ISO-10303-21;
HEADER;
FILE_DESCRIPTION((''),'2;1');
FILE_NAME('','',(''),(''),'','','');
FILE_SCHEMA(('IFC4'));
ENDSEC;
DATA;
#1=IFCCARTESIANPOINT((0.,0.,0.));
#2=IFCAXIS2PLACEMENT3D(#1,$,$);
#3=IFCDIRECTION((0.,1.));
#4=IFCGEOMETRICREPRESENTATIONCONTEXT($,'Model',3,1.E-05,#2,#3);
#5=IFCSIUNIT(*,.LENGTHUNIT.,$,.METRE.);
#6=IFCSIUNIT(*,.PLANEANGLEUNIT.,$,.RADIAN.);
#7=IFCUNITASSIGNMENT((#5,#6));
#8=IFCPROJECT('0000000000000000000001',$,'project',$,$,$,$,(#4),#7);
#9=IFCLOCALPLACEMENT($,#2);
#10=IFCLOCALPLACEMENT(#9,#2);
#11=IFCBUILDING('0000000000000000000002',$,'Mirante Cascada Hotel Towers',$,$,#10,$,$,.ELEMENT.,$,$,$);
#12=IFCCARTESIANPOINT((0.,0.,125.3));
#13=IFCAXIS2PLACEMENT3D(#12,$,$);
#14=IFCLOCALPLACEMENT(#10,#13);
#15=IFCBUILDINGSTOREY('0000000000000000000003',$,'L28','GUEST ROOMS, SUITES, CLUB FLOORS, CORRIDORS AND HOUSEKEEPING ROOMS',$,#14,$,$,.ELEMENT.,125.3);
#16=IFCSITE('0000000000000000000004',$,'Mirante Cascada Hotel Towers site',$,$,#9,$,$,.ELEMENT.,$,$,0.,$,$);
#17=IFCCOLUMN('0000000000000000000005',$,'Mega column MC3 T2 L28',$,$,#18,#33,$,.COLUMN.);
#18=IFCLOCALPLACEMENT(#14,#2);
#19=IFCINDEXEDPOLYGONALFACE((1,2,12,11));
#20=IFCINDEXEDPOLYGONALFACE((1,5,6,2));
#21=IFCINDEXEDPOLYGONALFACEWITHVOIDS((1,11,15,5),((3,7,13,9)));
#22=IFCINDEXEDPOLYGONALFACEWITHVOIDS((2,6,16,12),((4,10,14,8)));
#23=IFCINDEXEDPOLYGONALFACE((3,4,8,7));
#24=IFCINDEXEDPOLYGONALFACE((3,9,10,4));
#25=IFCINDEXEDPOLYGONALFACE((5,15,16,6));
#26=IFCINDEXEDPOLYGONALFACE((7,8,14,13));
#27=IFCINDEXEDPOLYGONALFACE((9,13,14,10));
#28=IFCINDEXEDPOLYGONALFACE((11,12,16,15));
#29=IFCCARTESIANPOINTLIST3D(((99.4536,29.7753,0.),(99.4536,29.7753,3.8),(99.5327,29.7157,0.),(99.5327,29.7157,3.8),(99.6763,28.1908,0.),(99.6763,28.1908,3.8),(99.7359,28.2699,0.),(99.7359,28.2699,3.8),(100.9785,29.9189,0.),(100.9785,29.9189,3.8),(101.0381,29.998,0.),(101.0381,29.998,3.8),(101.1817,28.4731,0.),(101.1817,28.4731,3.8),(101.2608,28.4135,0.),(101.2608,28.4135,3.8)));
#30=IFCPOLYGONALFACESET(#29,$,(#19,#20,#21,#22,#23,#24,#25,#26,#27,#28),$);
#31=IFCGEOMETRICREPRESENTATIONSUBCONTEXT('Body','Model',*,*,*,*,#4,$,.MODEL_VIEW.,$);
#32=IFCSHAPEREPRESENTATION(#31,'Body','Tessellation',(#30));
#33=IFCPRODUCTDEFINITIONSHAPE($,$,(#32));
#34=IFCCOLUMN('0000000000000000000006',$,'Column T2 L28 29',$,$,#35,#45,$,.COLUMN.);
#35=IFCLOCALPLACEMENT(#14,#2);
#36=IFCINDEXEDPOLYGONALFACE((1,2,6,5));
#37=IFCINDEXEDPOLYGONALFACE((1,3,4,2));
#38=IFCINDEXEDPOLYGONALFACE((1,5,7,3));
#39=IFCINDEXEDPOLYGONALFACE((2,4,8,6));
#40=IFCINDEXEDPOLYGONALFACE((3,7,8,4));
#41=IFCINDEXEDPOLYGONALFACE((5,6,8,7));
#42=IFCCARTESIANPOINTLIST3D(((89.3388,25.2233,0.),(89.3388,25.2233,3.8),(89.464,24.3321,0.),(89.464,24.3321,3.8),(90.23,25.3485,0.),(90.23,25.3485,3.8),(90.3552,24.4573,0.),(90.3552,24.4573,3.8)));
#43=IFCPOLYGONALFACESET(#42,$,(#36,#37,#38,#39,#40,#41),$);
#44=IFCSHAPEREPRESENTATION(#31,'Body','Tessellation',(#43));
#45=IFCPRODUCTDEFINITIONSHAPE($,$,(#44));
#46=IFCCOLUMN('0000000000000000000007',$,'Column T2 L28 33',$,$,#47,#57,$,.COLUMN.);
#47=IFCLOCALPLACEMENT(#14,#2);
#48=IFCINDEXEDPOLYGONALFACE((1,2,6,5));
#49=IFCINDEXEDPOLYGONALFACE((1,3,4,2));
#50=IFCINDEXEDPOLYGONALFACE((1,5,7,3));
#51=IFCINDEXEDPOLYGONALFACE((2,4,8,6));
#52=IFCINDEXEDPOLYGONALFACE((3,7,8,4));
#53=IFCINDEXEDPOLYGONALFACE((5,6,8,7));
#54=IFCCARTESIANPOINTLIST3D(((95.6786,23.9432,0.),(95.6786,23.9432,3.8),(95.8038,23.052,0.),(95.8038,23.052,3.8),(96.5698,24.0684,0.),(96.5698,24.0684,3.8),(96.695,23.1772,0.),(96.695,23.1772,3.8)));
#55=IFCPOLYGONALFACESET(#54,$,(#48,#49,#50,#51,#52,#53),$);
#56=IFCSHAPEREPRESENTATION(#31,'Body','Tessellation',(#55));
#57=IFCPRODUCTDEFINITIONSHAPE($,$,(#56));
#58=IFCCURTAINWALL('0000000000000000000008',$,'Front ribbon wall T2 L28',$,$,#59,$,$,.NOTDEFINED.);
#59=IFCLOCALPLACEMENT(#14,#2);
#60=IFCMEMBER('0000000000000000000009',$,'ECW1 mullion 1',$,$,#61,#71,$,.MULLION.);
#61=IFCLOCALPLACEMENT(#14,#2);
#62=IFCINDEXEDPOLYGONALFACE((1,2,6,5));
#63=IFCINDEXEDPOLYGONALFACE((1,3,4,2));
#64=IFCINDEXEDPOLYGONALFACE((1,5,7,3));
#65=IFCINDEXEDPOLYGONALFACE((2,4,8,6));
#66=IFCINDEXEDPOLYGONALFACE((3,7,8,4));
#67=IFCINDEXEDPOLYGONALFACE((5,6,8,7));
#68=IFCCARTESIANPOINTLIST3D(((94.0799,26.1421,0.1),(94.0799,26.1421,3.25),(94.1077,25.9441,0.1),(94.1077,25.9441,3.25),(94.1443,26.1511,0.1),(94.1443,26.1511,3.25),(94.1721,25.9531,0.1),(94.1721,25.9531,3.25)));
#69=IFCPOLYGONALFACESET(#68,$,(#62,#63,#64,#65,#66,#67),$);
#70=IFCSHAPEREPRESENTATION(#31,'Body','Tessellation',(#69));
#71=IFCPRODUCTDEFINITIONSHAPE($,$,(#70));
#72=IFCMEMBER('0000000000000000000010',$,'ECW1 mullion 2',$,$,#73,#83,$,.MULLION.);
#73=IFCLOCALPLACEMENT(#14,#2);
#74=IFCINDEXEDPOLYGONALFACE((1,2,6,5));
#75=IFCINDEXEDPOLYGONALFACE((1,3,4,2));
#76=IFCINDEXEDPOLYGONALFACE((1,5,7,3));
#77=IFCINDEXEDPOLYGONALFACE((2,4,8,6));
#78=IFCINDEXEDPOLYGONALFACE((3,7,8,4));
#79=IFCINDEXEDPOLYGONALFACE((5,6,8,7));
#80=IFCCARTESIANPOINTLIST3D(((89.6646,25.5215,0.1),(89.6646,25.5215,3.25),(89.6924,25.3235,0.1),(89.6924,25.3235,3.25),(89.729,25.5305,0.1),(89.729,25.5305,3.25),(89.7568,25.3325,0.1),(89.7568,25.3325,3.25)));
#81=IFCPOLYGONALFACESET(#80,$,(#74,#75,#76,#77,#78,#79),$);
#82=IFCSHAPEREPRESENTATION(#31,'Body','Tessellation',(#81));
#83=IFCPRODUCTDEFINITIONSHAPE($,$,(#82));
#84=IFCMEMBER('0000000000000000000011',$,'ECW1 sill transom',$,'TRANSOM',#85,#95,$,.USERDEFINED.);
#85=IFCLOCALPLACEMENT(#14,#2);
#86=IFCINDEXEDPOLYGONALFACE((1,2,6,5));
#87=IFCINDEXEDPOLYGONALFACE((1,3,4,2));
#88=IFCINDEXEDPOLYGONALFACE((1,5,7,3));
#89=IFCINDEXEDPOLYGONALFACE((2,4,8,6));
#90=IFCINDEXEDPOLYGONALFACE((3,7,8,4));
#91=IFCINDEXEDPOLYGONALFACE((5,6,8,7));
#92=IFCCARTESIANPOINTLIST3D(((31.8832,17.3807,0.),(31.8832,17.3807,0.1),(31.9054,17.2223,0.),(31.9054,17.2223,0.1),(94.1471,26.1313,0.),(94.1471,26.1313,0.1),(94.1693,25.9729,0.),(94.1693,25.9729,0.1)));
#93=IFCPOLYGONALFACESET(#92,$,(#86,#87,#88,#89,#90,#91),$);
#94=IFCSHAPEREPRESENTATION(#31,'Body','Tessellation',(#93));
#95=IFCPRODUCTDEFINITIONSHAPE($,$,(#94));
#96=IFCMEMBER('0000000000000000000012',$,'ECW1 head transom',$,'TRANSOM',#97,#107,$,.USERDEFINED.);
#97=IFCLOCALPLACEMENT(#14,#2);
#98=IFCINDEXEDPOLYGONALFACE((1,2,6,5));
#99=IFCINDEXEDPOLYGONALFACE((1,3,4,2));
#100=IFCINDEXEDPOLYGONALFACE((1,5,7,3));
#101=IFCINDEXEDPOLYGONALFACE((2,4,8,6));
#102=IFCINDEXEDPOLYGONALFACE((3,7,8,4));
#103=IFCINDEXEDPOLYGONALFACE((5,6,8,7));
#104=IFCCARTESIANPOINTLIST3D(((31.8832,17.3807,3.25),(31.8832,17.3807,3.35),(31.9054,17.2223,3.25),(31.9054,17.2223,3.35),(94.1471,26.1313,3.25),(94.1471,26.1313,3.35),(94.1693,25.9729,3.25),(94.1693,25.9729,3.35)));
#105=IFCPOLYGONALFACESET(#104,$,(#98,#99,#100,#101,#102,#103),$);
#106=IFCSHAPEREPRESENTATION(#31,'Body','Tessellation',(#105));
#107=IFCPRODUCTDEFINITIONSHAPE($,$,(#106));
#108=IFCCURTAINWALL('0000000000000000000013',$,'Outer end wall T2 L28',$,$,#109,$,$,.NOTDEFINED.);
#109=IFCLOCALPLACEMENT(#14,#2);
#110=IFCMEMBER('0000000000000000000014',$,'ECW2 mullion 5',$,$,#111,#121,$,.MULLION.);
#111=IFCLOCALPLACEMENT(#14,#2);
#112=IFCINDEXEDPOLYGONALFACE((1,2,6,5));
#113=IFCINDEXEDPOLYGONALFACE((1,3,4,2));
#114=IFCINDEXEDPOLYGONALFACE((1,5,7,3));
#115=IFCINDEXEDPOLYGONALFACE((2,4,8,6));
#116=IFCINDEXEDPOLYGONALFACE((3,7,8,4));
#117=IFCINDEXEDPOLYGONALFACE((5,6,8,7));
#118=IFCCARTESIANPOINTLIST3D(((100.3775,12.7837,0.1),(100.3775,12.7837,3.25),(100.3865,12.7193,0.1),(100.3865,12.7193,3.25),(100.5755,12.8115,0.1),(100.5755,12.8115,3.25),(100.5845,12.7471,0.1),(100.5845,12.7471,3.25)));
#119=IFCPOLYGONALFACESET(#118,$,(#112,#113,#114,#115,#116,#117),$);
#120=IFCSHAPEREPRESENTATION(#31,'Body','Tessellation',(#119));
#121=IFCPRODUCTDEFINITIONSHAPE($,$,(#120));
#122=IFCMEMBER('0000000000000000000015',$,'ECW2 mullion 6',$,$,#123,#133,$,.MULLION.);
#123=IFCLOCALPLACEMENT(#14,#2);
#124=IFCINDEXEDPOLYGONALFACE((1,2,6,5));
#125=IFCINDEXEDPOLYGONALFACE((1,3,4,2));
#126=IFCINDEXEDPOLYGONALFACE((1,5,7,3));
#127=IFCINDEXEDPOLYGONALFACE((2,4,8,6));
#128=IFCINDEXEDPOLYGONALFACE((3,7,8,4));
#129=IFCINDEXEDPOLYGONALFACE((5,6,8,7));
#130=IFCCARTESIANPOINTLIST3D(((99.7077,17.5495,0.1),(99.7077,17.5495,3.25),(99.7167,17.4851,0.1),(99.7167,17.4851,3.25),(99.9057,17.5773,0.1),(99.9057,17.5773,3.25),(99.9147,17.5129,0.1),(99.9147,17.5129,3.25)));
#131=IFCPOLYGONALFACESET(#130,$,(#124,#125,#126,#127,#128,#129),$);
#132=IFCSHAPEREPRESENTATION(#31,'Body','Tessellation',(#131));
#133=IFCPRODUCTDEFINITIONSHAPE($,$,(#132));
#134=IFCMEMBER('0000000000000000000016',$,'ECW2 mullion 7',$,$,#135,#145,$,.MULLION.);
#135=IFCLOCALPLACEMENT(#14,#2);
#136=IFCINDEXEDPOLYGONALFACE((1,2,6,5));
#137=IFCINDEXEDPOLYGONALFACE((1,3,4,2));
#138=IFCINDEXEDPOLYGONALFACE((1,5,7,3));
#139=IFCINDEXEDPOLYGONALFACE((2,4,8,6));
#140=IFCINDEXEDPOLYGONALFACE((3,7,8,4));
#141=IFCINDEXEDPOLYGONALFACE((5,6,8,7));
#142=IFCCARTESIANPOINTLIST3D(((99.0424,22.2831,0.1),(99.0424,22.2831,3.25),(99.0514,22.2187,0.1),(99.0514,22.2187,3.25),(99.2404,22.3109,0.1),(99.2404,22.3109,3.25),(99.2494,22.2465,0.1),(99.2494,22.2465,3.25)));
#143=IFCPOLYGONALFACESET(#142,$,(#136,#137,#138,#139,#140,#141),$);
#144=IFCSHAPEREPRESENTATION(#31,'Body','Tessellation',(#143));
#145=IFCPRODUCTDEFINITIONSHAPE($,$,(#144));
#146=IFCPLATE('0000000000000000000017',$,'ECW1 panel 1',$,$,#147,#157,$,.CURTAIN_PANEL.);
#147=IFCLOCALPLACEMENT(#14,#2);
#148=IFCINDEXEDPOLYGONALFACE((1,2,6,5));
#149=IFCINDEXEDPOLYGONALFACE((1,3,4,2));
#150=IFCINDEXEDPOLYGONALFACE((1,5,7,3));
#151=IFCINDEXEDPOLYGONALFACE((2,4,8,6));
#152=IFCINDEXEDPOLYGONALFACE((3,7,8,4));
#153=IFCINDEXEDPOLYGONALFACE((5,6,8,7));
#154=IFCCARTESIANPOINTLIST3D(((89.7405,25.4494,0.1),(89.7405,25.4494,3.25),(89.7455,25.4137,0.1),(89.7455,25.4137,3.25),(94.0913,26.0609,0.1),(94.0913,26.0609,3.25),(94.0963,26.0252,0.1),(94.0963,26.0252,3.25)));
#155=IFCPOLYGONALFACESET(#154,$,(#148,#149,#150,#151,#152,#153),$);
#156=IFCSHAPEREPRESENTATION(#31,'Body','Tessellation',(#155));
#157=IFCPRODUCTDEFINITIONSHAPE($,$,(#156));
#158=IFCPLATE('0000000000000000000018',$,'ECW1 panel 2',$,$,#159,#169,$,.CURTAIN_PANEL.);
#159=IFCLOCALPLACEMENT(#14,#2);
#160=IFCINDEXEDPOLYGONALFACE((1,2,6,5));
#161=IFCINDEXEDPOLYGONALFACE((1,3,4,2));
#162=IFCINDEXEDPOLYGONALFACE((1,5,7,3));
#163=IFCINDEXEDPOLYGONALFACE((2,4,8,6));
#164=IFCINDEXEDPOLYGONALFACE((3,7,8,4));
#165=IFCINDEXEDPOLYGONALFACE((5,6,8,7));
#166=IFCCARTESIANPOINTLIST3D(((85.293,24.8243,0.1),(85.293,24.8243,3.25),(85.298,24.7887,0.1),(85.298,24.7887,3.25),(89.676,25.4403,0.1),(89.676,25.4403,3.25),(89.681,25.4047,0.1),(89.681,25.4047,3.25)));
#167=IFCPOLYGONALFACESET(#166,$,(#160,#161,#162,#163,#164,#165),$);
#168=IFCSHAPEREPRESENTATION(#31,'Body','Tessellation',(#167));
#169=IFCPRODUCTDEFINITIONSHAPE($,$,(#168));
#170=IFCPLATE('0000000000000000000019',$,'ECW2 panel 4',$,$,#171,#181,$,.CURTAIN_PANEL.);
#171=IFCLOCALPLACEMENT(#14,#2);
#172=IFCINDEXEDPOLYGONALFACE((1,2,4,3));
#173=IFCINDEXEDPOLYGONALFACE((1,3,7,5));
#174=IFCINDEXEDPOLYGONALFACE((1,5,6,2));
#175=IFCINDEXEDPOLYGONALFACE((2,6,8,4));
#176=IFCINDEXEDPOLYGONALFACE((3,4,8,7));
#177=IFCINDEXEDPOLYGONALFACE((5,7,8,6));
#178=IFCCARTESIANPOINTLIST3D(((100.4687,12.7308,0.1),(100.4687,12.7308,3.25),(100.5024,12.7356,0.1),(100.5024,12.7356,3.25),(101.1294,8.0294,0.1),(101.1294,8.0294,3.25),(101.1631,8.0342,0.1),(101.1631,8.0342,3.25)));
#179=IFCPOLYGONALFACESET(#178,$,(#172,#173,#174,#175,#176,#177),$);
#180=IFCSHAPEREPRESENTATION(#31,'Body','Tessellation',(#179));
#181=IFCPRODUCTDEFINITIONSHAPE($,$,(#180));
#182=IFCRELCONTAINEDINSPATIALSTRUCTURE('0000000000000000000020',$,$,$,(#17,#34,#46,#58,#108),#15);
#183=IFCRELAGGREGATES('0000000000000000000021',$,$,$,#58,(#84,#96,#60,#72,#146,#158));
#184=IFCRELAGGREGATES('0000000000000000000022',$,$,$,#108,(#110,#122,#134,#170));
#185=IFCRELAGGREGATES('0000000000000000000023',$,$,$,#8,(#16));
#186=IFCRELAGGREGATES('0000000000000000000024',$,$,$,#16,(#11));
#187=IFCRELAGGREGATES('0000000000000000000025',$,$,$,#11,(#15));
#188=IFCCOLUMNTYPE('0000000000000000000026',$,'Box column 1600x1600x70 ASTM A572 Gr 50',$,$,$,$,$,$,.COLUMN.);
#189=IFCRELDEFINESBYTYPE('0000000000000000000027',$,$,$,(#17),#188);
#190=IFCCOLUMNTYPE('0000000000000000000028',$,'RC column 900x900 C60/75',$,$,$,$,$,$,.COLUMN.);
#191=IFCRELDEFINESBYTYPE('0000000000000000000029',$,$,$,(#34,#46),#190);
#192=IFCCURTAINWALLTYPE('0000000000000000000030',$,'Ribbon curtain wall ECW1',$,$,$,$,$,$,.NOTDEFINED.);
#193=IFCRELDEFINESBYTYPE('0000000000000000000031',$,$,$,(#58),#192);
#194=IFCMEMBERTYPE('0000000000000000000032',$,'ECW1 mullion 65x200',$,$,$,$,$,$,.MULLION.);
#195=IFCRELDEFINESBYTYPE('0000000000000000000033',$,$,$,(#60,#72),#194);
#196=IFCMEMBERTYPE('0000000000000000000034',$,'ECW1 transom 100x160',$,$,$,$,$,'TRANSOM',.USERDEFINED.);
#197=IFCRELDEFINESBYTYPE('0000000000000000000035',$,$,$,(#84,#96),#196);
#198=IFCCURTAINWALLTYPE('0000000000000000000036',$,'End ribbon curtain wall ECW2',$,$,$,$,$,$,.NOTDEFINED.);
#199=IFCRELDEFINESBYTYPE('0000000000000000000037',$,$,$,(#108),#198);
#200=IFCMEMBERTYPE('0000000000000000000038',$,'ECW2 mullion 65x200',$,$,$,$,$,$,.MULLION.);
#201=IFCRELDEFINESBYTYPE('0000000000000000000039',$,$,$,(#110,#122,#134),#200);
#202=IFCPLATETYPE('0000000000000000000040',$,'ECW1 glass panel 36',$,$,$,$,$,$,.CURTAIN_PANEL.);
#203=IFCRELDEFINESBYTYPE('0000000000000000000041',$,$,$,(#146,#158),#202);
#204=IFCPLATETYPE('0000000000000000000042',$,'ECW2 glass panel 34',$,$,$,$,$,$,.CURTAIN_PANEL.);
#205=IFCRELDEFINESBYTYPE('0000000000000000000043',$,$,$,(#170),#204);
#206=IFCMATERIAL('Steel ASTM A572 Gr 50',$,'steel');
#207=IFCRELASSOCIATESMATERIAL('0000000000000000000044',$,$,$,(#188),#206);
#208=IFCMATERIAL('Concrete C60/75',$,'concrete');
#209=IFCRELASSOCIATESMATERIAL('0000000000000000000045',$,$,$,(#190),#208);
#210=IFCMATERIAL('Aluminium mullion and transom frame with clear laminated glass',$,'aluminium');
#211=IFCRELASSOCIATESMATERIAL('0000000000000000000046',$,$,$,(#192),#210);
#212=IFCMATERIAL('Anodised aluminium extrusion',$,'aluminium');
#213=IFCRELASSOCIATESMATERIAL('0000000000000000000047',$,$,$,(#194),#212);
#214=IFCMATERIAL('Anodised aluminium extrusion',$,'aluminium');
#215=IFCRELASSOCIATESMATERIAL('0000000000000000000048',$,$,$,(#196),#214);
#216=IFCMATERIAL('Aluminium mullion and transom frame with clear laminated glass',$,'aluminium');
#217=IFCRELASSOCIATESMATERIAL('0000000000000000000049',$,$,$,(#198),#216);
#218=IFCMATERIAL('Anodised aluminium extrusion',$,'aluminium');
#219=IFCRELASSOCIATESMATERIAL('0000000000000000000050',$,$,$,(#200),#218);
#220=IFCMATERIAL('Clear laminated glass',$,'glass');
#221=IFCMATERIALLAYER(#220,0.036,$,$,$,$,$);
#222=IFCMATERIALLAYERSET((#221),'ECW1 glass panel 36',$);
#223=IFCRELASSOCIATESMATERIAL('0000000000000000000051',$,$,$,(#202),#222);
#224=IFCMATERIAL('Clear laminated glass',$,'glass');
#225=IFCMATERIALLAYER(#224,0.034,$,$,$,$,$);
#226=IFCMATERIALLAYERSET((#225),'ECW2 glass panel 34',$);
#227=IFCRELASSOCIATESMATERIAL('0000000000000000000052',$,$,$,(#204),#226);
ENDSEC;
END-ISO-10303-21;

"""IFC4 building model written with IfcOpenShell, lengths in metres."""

from ifc_helpers import new_model, si_unit, direction, frame, origin, origin_2d, place, context, subcontext, project, spatial, rectangle, hollow_rectangle, extrude, material, layer, layer_set, material_profile, profile_set, type_object, element, aggregate, save


model = new_model("IFC4")

# Units and contexts
model_context = context("Model", 3, precision=1e-05, world=origin(), true_north=direction((0.0, 1.0)))
body_context = subcontext(model_context, "Body", "Model", "MODEL_VIEW")
ifc_project = project(units=[si_unit("LENGTHUNIT", "METRE"), si_unit("PLANEANGLEUNIT", "RADIAN")], contexts=[model_context])

# Site, building, storey
site_placement = place(None, origin())
site = spatial("IfcSite", under=ifc_project, at=site_placement, Name="Mirante Cascada Hotel Towers site", CompositionType="ELEMENT", RefElevation=0.0)
building_placement = place(site_placement, origin())
building = spatial("IfcBuilding", under=site, at=building_placement, Name="Mirante Cascada Hotel Towers", CompositionType="ELEMENT")
storey_placement = place(building_placement, frame((0.0, 0.0, 125.3)))
storey = spatial("IfcBuildingStorey", under=building, at=storey_placement, Name="L28", Description="GUEST ROOMS, SUITES, CLUB FLOORS, CORRIDORS AND HOUSEKEEPING ROOMS", CompositionType="ELEMENT", Elevation=125.3)

# Columns
ifc_material_1 = material(Name="Steel ASTM A572 Gr 50", Category="steel")
ifc_material_profile_1 = material_profile(ifc_material_1, hollow_rectangle(XDim=1.6, YDim=1.6, WallThickness=0.07, at=origin_2d()), Name="Box column 1600x1600x70 ASTM A572 Gr 50")
ifc_profile_set_1 = profile_set([ifc_material_profile_1], Name="Steel ASTM A572 Gr 50")
column_type_1 = type_object("IfcColumnType", Name="Box column 1600x1600x70 ASTM A572 Gr 50", PredefinedType="COLUMN", material=ifc_profile_set_1)
column_placement = place(storey_placement, frame((100.3572, 29.0944, 0.0), z_axis=(0.0, 0.0, 1.0), x_axis=(0.990268, 0.139173, 0.0)))
element("IfcColumn", 1, at=column_placement, inside=storey, type_object=column_type_1, Name="Mega column MC3 T2 L28", PredefinedType="COLUMN", context=body_context, shape_type="SweptSolid", body=[
    extrude(hollow_rectangle(XDim=1.6, YDim=1.6, WallThickness=0.07, at=origin_2d()), origin(), (0.0, 0.0, 1.0), 3.8),
])
ifc_material_2 = material(Name="Concrete C60/75", Category="concrete")
ifc_material_profile_2 = material_profile(ifc_material_2, rectangle(XDim=0.9, YDim=0.9, at=origin_2d()), Name="RC column 900x900 C60/75")
ifc_profile_set_2 = profile_set([ifc_material_profile_2], Name="Concrete C60/75")
column_type_2 = type_object("IfcColumnType", Name="RC column 900x900 C60/75", PredefinedType="COLUMN", material=ifc_profile_set_2)
for number, where, z_axis, x_axis, name in (
    (2, (89.847, 24.8403, 0.0), (0.0, 0.0, 1.0), (0.990268, 0.139173, 0.0), "Column T2 L28 29"),
    (3, (96.1868, 23.5602, 0.0), (0.0, 0.0, 1.0), (0.990268, 0.139173, 0.0), "Column T2 L28 33"),
):
    element("IfcColumn", number, at=place(storey_placement, frame(where, z_axis=z_axis, x_axis=x_axis)), inside=storey, type_object=column_type_2, Name=name, PredefinedType="COLUMN", context=body_context, shape_type="SweptSolid", body=[
        extrude(rectangle(XDim=0.9, YDim=0.9, at=origin_2d()), origin(), (0.0, 0.0, 1.0), 3.8),
    ])

# Curtain walls, members
ifc_material_3 = material(Name="Aluminium mullion and transom frame with clear laminated glass", Category="aluminium")
curtain_wall_type_1 = type_object("IfcCurtainWallType", Name="Ribbon curtain wall ECW1", PredefinedType="NOTDEFINED", material=ifc_material_3)
curtain_wall_1_placement = place(storey_placement, origin())
curtain_wall_1 = element("IfcCurtainWall", 4, at=curtain_wall_1_placement, inside=storey, type_object=curtain_wall_type_1, Name="Front ribbon wall T2 L28", PredefinedType="NOTDEFINED")
ifc_material_4 = material(Name="Anodised aluminium extrusion", Category="aluminium")
ifc_material_profile_3 = material_profile(ifc_material_4, rectangle(XDim=0.2, YDim=0.065, at=origin_2d()), Name="ECW1 MULLION 65x200")
ifc_profile_set_3 = profile_set([ifc_material_profile_3], Name="Anodised aluminium extrusion")
member_type_1 = type_object("IfcMemberType", Name="ECW1 mullion 65x200", PredefinedType="MULLION", material=ifc_profile_set_3)
member_1_placement = place(storey_placement, frame((94.126, 26.0476, 0.1), z_axis=(0.0, 0.0, 1.0), x_axis=(0.139173, -0.990268, 0.0)))
member_1 = element("IfcMember", 5, at=member_1_placement, type_object=member_type_1, Name="ECW1 mullion 1", PredefinedType="MULLION", context=body_context, shape_type="SweptSolid", body=[
    extrude(rectangle(XDim=0.2, YDim=0.065, at=origin_2d()), origin(), (0.0, 0.0, 1.0), 3.15),
])
member_2_placement = place(storey_placement, frame((89.7107, 25.427, 0.1), z_axis=(0.0, 0.0, 1.0), x_axis=(0.139173, -0.990268, 0.0)))
member_2 = element("IfcMember", 6, at=member_2_placement, type_object=member_type_1, Name="ECW1 mullion 2", PredefinedType="MULLION", context=body_context, shape_type="SweptSolid", body=[
    extrude(rectangle(XDim=0.2, YDim=0.065, at=origin_2d()), origin(), (0.0, 0.0, 1.0), 3.15),
])
ifc_material_5 = material(Name="Anodised aluminium extrusion", Category="aluminium")
ifc_material_profile_4 = material_profile(ifc_material_5, rectangle(XDim=0.16, YDim=0.1, at=origin_2d()), Name="ECW1 TRANSOM 100x160")
ifc_profile_set_4 = profile_set([ifc_material_profile_4], Name="Anodised aluminium extrusion")
member_type_2 = type_object("IfcMemberType", Name="ECW1 transom 100x160", ElementType="TRANSOM", PredefinedType="USERDEFINED", material=ifc_profile_set_4)
member_3_placement = place(storey_placement, frame((94.1582, 26.0521, 0.05), z_axis=(-0.990268, -0.139173, 0.0), x_axis=(0.139173, -0.990268, 0.0)))
member_3 = element("IfcMember", 7, at=member_3_placement, type_object=member_type_2, Name="ECW1 sill transom", ObjectType="TRANSOM", PredefinedType="USERDEFINED", context=body_context, shape_type="SweptSolid", body=[
    extrude(rectangle(XDim=0.16, YDim=0.1, at=origin_2d()), origin(), (0.0, 0.0, 1.0), 62.8758),
])
member_4_placement = place(storey_placement, frame((94.1582, 26.0521, 3.3), z_axis=(-0.990268, -0.139173, 0.0), x_axis=(0.139173, -0.990268, 0.0)))
member_4 = element("IfcMember", 8, at=member_4_placement, type_object=member_type_2, Name="ECW1 head transom", ObjectType="TRANSOM", PredefinedType="USERDEFINED", context=body_context, shape_type="SweptSolid", body=[
    extrude(rectangle(XDim=0.16, YDim=0.1, at=origin_2d()), origin(), (0.0, 0.0, 1.0), 62.8758),
])
ifc_material_6 = material(Name="Aluminium mullion and transom frame with clear laminated glass", Category="aluminium")
curtain_wall_type_2 = type_object("IfcCurtainWallType", Name="End ribbon curtain wall ECW2", PredefinedType="NOTDEFINED", material=ifc_material_6)
curtain_wall_2_placement = place(storey_placement, origin())
curtain_wall_2 = element("IfcCurtainWall", 9, at=curtain_wall_2_placement, inside=storey, type_object=curtain_wall_type_2, Name="Outer end wall T2 L28", PredefinedType="NOTDEFINED")
ifc_material_7 = material(Name="Anodised aluminium extrusion", Category="aluminium")
ifc_material_profile_5 = material_profile(ifc_material_7, rectangle(XDim=0.2, YDim=0.065, at=origin_2d()), Name="ECW2 MULLION 65x200")
ifc_profile_set_5 = profile_set([ifc_material_profile_5], Name="Anodised aluminium extrusion")
member_type_3 = type_object("IfcMemberType", Name="ECW2 mullion 65x200", PredefinedType="MULLION", material=ifc_profile_set_5)
member_5_placement = place(storey_placement, frame((100.481, 12.7654, 0.1), z_axis=(0.0, 0.0, 1.0), x_axis=(-0.990268, -0.139173, 0.0)))
member_5 = element("IfcMember", 10, at=member_5_placement, type_object=member_type_3, Name="ECW2 mullion 5", PredefinedType="MULLION", context=body_context, shape_type="SweptSolid", body=[
    extrude(rectangle(XDim=0.2, YDim=0.065, at=origin_2d()), origin(), (0.0, 0.0, 1.0), 3.15),
])
member_6_placement = place(storey_placement, frame((99.8112, 17.5312, 0.1), z_axis=(0.0, 0.0, 1.0), x_axis=(-0.990268, -0.139173, 0.0)))
member_6 = element("IfcMember", 11, at=member_6_placement, type_object=member_type_3, Name="ECW2 mullion 6", PredefinedType="MULLION", context=body_context, shape_type="SweptSolid", body=[
    extrude(rectangle(XDim=0.2, YDim=0.065, at=origin_2d()), origin(), (0.0, 0.0, 1.0), 3.15),
])
member_7_placement = place(storey_placement, frame((99.1459, 22.2648, 0.1), z_axis=(0.0, 0.0, 1.0), x_axis=(-0.990268, -0.139173, 0.0)))
member_7 = element("IfcMember", 12, at=member_7_placement, type_object=member_type_3, Name="ECW2 mullion 7", PredefinedType="MULLION", context=body_context, shape_type="SweptSolid", body=[
    extrude(rectangle(XDim=0.2, YDim=0.065, at=origin_2d()), origin(), (0.0, 0.0, 1.0), 3.15),
])

# Plates
ifc_material_8 = material(Name="Clear laminated glass", Category="glass")
ifc_layer_1 = layer(ifc_material_8, 0.036)
ifc_layer_set_1 = layer_set([ifc_layer_1], Name="ECW1 glass panel 36")
plate_type_1 = type_object("IfcPlateType", Name="ECW1 glass panel 36", PredefinedType="CURTAIN_PANEL", material=ifc_layer_set_1)
plate_1_placement = place(storey_placement, frame((91.9184, 25.7373, 0.1), z_axis=(0.0, 0.0, 1.0), x_axis=(-0.990268, -0.139173, 0.0)))
plate_1 = element("IfcPlate", 13, at=plate_1_placement, type_object=plate_type_1, Name="ECW1 panel 1", PredefinedType="CURTAIN_PANEL", context=body_context, shape_type="SweptSolid", body=[
    extrude(rectangle(XDim=4.3936, YDim=0.036, at=origin_2d()), origin(), (0.0, 0.0, 1.0), 3.15),
])
plate_2_placement = place(storey_placement, frame((87.487, 25.1145, 0.1), z_axis=(0.0, 0.0, 1.0), x_axis=(-0.990268, -0.139173, 0.0)))
plate_2 = element("IfcPlate", 14, at=plate_2_placement, type_object=plate_type_1, Name="ECW1 panel 2", PredefinedType="CURTAIN_PANEL", context=body_context, shape_type="SweptSolid", body=[
    extrude(rectangle(XDim=4.4261, YDim=0.036, at=origin_2d()), origin(), (0.0, 0.0, 1.0), 3.15),
])
aggregate(curtain_wall_1, [member_3, member_4, member_1, member_2, plate_1, plate_2])
ifc_material_9 = material(Name="Clear laminated glass", Category="glass")
ifc_layer_2 = layer(ifc_material_9, 0.034)
ifc_layer_set_2 = layer_set([ifc_layer_2], Name="ECW2 glass panel 34")
plate_type_2 = type_object("IfcPlateType", Name="ECW2 glass panel 34", PredefinedType="CURTAIN_PANEL", material=ifc_layer_set_2)
plate_3_placement = place(storey_placement, frame((100.8159, 10.3825, 0.1), z_axis=(0.0, 0.0, 1.0), x_axis=(-0.139173, 0.990268, 0.0)))
plate_3 = element("IfcPlate", 15, at=plate_3_placement, type_object=plate_type_2, Name="ECW2 panel 4", PredefinedType="CURTAIN_PANEL", context=body_context, shape_type="SweptSolid", body=[
    extrude(rectangle(XDim=4.7476, YDim=0.034, at=origin_2d()), origin(), (0.0, 0.0, 1.0), 3.15),
])
aggregate(curtain_wall_2, [member_5, member_6, member_7, plate_3])

save(model, "model.ifc")
